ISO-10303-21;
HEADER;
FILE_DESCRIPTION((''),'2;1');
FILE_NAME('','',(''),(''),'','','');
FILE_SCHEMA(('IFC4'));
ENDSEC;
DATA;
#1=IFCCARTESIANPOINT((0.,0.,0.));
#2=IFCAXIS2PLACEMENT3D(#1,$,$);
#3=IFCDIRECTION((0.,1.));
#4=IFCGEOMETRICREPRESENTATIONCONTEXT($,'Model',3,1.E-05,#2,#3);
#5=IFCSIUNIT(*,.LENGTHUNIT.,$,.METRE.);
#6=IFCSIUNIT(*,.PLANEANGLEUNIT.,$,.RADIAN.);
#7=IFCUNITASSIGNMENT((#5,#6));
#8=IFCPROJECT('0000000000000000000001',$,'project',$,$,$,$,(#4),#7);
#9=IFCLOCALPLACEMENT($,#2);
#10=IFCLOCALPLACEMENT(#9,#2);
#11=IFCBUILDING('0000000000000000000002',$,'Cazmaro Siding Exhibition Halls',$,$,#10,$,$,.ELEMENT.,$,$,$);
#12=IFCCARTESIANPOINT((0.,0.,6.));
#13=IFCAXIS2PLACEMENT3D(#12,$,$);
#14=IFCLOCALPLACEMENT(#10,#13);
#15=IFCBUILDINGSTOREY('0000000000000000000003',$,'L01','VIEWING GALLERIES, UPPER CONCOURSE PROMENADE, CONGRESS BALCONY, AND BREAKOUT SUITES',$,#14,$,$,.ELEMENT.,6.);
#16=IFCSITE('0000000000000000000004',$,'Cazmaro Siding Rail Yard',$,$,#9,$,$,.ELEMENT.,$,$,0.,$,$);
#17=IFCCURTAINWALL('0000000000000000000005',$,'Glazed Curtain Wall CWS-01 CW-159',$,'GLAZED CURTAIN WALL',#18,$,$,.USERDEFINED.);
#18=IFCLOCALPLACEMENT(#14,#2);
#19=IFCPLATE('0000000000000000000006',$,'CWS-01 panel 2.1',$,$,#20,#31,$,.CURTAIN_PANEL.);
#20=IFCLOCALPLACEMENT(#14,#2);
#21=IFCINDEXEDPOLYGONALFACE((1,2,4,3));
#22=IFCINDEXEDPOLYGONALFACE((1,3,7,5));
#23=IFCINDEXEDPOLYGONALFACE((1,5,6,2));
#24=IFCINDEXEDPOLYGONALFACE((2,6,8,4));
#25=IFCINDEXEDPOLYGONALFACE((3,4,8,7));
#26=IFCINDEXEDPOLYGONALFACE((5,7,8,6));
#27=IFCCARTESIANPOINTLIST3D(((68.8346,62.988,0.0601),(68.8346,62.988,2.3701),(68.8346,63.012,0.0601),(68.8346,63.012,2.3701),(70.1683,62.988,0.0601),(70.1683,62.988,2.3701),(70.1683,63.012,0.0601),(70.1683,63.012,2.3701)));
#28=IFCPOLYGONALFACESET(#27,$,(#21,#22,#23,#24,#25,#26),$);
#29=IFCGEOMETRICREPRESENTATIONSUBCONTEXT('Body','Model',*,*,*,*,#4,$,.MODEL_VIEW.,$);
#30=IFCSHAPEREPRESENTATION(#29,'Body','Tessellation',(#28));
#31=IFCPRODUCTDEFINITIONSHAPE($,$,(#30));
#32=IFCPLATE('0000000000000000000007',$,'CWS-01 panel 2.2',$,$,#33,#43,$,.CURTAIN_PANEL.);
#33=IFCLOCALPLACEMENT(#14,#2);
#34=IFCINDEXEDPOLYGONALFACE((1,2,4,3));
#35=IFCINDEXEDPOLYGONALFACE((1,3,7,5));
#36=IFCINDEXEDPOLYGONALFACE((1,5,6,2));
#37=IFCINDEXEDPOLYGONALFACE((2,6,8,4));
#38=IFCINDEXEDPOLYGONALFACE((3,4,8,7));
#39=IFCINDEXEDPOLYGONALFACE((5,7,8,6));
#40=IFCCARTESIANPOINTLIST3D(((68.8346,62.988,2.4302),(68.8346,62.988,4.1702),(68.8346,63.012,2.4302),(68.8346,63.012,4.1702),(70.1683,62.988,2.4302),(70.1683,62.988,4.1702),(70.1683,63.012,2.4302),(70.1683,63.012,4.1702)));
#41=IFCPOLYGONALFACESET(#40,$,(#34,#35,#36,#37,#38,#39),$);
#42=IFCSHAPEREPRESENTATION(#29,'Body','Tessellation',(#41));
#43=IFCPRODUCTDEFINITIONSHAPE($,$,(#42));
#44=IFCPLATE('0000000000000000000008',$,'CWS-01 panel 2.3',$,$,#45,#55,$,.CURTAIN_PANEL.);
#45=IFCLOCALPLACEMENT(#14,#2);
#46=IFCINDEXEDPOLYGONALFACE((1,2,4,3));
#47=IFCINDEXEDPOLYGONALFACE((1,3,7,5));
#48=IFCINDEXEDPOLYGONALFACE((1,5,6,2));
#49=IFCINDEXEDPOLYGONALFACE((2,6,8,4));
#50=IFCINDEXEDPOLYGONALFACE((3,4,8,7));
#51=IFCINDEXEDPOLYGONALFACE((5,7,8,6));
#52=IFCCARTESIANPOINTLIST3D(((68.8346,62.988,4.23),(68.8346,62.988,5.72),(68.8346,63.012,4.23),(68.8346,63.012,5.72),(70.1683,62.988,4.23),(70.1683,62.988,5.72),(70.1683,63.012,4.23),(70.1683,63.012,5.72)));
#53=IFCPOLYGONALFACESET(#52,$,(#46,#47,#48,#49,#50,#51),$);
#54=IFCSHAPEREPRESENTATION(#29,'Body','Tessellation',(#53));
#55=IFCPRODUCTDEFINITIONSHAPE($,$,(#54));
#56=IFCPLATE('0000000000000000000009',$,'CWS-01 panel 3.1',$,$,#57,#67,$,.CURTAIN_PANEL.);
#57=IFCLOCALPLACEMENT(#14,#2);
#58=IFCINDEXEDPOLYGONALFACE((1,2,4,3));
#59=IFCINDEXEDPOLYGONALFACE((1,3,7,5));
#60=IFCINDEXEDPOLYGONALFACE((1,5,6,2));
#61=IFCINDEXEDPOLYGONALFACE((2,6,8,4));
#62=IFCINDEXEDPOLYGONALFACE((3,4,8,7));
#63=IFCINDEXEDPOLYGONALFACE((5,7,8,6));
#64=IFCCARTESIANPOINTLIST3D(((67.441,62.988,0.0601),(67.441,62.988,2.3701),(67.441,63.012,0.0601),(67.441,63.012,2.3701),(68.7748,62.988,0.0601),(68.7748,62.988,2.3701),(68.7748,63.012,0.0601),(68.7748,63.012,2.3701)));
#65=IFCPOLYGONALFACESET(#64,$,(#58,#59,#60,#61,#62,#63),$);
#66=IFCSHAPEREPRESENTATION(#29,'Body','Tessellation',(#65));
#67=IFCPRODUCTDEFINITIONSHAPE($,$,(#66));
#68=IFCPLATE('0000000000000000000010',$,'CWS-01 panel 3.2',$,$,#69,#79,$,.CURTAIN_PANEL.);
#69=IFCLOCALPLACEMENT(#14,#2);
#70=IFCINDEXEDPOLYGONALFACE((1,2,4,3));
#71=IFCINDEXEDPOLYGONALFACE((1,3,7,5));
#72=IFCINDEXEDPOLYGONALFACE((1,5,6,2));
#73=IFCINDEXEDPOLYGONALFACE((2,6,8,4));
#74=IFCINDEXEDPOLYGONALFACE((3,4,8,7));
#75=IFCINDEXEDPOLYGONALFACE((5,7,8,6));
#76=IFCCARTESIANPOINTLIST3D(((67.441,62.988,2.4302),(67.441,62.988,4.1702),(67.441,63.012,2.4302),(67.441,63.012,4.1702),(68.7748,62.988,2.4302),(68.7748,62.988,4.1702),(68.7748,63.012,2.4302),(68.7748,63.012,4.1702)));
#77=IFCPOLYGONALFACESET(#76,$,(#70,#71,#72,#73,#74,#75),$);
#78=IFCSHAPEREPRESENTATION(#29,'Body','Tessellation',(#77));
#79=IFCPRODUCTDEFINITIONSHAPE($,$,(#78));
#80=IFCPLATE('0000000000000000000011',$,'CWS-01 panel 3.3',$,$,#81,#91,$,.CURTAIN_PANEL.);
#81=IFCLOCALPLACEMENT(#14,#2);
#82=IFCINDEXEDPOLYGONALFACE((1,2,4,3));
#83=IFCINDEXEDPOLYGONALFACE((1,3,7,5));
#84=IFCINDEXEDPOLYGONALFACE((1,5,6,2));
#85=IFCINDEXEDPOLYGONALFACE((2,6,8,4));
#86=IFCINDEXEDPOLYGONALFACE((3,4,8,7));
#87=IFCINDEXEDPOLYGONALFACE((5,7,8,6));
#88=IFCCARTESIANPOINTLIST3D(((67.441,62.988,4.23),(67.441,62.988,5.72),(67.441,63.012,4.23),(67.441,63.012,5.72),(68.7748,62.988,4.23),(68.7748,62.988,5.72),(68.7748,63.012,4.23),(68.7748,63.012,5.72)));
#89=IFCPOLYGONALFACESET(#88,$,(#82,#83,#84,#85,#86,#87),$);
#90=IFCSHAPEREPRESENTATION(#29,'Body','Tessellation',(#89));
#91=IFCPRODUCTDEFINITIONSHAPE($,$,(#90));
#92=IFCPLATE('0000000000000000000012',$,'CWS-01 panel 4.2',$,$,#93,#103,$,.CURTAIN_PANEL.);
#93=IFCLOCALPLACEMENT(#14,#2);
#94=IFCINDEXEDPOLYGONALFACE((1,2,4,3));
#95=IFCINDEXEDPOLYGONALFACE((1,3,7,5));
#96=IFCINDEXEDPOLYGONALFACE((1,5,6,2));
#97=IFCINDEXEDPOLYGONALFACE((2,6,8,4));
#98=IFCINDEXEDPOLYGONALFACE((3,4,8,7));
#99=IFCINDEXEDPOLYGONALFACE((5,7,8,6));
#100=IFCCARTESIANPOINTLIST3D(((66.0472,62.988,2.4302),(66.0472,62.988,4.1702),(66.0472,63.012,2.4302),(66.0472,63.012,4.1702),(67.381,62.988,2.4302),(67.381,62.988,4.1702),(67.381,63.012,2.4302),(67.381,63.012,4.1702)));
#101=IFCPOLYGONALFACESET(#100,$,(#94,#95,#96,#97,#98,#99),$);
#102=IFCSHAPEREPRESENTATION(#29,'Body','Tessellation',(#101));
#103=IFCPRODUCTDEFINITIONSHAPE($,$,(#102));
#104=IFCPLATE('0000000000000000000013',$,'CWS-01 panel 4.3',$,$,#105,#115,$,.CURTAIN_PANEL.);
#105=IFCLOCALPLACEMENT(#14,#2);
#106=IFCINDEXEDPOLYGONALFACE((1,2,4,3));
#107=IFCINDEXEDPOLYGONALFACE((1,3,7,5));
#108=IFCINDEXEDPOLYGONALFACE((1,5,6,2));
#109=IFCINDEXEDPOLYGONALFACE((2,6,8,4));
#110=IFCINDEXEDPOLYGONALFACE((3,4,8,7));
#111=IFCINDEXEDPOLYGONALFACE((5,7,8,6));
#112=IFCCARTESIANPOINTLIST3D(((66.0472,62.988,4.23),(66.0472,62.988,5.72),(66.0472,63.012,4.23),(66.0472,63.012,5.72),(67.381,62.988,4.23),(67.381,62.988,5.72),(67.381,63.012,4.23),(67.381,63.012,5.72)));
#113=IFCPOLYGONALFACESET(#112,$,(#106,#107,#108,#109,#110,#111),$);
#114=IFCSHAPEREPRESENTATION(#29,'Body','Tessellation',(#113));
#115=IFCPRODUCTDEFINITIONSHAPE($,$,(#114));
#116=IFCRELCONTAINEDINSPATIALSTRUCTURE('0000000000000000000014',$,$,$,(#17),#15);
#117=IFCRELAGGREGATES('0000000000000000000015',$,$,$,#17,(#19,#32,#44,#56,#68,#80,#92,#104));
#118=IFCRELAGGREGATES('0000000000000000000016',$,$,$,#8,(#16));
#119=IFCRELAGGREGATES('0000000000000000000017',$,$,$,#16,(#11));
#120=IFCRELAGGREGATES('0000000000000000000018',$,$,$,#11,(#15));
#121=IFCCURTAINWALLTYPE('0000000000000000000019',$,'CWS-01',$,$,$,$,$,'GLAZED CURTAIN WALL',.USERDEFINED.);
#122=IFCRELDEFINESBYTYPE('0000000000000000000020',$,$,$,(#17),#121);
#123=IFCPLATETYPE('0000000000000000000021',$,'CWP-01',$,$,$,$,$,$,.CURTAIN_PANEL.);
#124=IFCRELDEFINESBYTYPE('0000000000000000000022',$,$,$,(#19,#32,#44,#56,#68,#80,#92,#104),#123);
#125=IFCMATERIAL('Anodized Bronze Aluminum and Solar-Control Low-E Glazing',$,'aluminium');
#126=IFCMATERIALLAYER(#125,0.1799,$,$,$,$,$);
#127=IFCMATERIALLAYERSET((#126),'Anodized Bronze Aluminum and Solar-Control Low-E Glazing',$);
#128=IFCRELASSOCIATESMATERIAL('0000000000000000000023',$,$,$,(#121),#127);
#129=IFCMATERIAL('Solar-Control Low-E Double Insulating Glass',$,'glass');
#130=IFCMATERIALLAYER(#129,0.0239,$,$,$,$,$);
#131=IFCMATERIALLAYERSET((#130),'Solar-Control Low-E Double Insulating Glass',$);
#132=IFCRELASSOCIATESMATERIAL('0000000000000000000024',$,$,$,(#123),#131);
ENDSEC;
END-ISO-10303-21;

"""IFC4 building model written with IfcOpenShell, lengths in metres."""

from ifc_helpers import new_model, si_unit, direction, frame, origin, origin_2d, place, context, subcontext, project, spatial, rectangle, extrude, material, layer, layer_set, type_object, element, aggregate, save


model = new_model("IFC4")

# Units and contexts
model_context = context("Model", 3, precision=1e-05, world=origin(), true_north=direction((0.0, 1.0)))
body_context = subcontext(model_context, "Body", "Model", "MODEL_VIEW")
ifc_project = project(units=[si_unit("LENGTHUNIT", "METRE"), si_unit("PLANEANGLEUNIT", "RADIAN")], contexts=[model_context])

# Site, building, storey
site_placement = place(None, origin())
site = spatial("IfcSite", under=ifc_project, at=site_placement, Name="Cazmaro Siding Rail Yard", CompositionType="ELEMENT", RefElevation=0.0)
building_placement = place(site_placement, origin())
building = spatial("IfcBuilding", under=site, at=building_placement, Name="Cazmaro Siding Exhibition Halls", CompositionType="ELEMENT")
storey_placement = place(building_placement, frame((0.0, 0.0, 6.0)))
storey = spatial("IfcBuildingStorey", under=building, at=storey_placement, Name="L01", Description="VIEWING GALLERIES, UPPER CONCOURSE PROMENADE, CONGRESS BALCONY, AND BREAKOUT SUITES", CompositionType="ELEMENT", Elevation=6.0)

# Curtain wall, plates
ifc_material_1 = material(Name="Anodized Bronze Aluminum and Solar-Control Low-E Glazing", Category="aluminium")
ifc_layer_1 = layer(ifc_material_1, 0.1799)
ifc_layer_set_1 = layer_set([ifc_layer_1], Name="Anodized Bronze Aluminum and Solar-Control Low-E Glazing")
curtain_wall_type = type_object("IfcCurtainWallType", Name="CWS-01", ElementType="GLAZED CURTAIN WALL", PredefinedType="USERDEFINED", material=ifc_layer_set_1)
curtain_wall_placement = place(storey_placement, origin())
curtain_wall = element("IfcCurtainWall", 1, at=curtain_wall_placement, inside=storey, type_object=curtain_wall_type, Name="Glazed Curtain Wall CWS-01 CW-159", ObjectType="GLAZED CURTAIN WALL", PredefinedType="USERDEFINED")
ifc_material_2 = material(Name="Solar-Control Low-E Double Insulating Glass", Category="glass")
ifc_layer_2 = layer(ifc_material_2, 0.0239)
ifc_layer_set_2 = layer_set([ifc_layer_2], Name="Solar-Control Low-E Double Insulating Glass")
plate_type = type_object("IfcPlateType", Name="CWP-01", PredefinedType="CURTAIN_PANEL", material=ifc_layer_set_2)
plate_1_placement = place(storey_placement, frame((69.5015, 63.0, 0.0601), z_axis=(0.0, 0.0, 1.0), x_axis=(-1.0, 0.0, 0.0)))
plate_1 = element("IfcPlate", 2, at=plate_1_placement, type_object=plate_type, Name="CWS-01 panel 2.1", PredefinedType="CURTAIN_PANEL", context=body_context, shape_type="SweptSolid", body=[
    extrude(rectangle(XDim=1.3337, YDim=0.0239, at=origin_2d()), origin(), (0.0, 0.0, 1.0), 2.3101),
])
plate_2_placement = place(storey_placement, frame((69.5015, 63.0, 2.4302), z_axis=(0.0, 0.0, 1.0), x_axis=(-1.0, 0.0, 0.0)))
plate_2 = element("IfcPlate", 3, at=plate_2_placement, type_object=plate_type, Name="CWS-01 panel 2.2", PredefinedType="CURTAIN_PANEL", context=body_context, shape_type="SweptSolid", body=[
    extrude(rectangle(XDim=1.3337, YDim=0.0239, at=origin_2d()), origin(), (0.0, 0.0, 1.0), 1.74),
])
plate_3_placement = place(storey_placement, frame((69.5015, 63.0, 4.23), z_axis=(0.0, 0.0, 1.0), x_axis=(-1.0, 0.0, 0.0)))
plate_3 = element("IfcPlate", 4, at=plate_3_placement, type_object=plate_type, Name="CWS-01 panel 2.3", PredefinedType="CURTAIN_PANEL", context=body_context, shape_type="SweptSolid", body=[
    extrude(rectangle(XDim=1.3337, YDim=0.0239, at=origin_2d()), origin(), (0.0, 0.0, 1.0), 1.49),
])
plate_4_placement = place(storey_placement, frame((68.1079, 63.0, 0.0601), z_axis=(0.0, 0.0, 1.0), x_axis=(-1.0, 0.0, 0.0)))
plate_4 = element("IfcPlate", 5, at=plate_4_placement, type_object=plate_type, Name="CWS-01 panel 3.1", PredefinedType="CURTAIN_PANEL", context=body_context, shape_type="SweptSolid", body=[
    extrude(rectangle(XDim=1.3337, YDim=0.0239, at=origin_2d()), origin(), (0.0, 0.0, 1.0), 2.3101),
])
plate_5_placement = place(storey_placement, frame((68.1079, 63.0, 2.4302), z_axis=(0.0, 0.0, 1.0), x_axis=(-1.0, 0.0, 0.0)))
plate_5 = element("IfcPlate", 6, at=plate_5_placement, type_object=plate_type, Name="CWS-01 panel 3.2", PredefinedType="CURTAIN_PANEL", context=body_context, shape_type="SweptSolid", body=[
    extrude(rectangle(XDim=1.3337, YDim=0.0239, at=origin_2d()), origin(), (0.0, 0.0, 1.0), 1.74),
])
plate_6_placement = place(storey_placement, frame((68.1079, 63.0, 4.23), z_axis=(0.0, 0.0, 1.0), x_axis=(-1.0, 0.0, 0.0)))
plate_6 = element("IfcPlate", 7, at=plate_6_placement, type_object=plate_type, Name="CWS-01 panel 3.3", PredefinedType="CURTAIN_PANEL", context=body_context, shape_type="SweptSolid", body=[
    extrude(rectangle(XDim=1.3337, YDim=0.0239, at=origin_2d()), origin(), (0.0, 0.0, 1.0), 1.49),
])
plate_7_placement = place(storey_placement, frame((66.7141, 63.0, 2.4302), z_axis=(0.0, 0.0, 1.0), x_axis=(-1.0, 0.0, 0.0)))
plate_7 = element("IfcPlate", 8, at=plate_7_placement, type_object=plate_type, Name="CWS-01 panel 4.2", PredefinedType="CURTAIN_PANEL", context=body_context, shape_type="SweptSolid", body=[
    extrude(rectangle(XDim=1.3337, YDim=0.0239, at=origin_2d()), origin(), (0.0, 0.0, 1.0), 1.74),
])
plate_8_placement = place(storey_placement, frame((66.7141, 63.0, 4.23), z_axis=(0.0, 0.0, 1.0), x_axis=(-1.0, 0.0, 0.0)))
plate_8 = element("IfcPlate", 9, at=plate_8_placement, type_object=plate_type, Name="CWS-01 panel 4.3", PredefinedType="CURTAIN_PANEL", context=body_context, shape_type="SweptSolid", body=[
    extrude(rectangle(XDim=1.3337, YDim=0.0239, at=origin_2d()), origin(), (0.0, 0.0, 1.0), 1.49),
])
aggregate(curtain_wall, [plate_1, plate_2, plate_3, plate_4, plate_5, plate_6, plate_7, plate_8])

save(model, "model.ifc")
